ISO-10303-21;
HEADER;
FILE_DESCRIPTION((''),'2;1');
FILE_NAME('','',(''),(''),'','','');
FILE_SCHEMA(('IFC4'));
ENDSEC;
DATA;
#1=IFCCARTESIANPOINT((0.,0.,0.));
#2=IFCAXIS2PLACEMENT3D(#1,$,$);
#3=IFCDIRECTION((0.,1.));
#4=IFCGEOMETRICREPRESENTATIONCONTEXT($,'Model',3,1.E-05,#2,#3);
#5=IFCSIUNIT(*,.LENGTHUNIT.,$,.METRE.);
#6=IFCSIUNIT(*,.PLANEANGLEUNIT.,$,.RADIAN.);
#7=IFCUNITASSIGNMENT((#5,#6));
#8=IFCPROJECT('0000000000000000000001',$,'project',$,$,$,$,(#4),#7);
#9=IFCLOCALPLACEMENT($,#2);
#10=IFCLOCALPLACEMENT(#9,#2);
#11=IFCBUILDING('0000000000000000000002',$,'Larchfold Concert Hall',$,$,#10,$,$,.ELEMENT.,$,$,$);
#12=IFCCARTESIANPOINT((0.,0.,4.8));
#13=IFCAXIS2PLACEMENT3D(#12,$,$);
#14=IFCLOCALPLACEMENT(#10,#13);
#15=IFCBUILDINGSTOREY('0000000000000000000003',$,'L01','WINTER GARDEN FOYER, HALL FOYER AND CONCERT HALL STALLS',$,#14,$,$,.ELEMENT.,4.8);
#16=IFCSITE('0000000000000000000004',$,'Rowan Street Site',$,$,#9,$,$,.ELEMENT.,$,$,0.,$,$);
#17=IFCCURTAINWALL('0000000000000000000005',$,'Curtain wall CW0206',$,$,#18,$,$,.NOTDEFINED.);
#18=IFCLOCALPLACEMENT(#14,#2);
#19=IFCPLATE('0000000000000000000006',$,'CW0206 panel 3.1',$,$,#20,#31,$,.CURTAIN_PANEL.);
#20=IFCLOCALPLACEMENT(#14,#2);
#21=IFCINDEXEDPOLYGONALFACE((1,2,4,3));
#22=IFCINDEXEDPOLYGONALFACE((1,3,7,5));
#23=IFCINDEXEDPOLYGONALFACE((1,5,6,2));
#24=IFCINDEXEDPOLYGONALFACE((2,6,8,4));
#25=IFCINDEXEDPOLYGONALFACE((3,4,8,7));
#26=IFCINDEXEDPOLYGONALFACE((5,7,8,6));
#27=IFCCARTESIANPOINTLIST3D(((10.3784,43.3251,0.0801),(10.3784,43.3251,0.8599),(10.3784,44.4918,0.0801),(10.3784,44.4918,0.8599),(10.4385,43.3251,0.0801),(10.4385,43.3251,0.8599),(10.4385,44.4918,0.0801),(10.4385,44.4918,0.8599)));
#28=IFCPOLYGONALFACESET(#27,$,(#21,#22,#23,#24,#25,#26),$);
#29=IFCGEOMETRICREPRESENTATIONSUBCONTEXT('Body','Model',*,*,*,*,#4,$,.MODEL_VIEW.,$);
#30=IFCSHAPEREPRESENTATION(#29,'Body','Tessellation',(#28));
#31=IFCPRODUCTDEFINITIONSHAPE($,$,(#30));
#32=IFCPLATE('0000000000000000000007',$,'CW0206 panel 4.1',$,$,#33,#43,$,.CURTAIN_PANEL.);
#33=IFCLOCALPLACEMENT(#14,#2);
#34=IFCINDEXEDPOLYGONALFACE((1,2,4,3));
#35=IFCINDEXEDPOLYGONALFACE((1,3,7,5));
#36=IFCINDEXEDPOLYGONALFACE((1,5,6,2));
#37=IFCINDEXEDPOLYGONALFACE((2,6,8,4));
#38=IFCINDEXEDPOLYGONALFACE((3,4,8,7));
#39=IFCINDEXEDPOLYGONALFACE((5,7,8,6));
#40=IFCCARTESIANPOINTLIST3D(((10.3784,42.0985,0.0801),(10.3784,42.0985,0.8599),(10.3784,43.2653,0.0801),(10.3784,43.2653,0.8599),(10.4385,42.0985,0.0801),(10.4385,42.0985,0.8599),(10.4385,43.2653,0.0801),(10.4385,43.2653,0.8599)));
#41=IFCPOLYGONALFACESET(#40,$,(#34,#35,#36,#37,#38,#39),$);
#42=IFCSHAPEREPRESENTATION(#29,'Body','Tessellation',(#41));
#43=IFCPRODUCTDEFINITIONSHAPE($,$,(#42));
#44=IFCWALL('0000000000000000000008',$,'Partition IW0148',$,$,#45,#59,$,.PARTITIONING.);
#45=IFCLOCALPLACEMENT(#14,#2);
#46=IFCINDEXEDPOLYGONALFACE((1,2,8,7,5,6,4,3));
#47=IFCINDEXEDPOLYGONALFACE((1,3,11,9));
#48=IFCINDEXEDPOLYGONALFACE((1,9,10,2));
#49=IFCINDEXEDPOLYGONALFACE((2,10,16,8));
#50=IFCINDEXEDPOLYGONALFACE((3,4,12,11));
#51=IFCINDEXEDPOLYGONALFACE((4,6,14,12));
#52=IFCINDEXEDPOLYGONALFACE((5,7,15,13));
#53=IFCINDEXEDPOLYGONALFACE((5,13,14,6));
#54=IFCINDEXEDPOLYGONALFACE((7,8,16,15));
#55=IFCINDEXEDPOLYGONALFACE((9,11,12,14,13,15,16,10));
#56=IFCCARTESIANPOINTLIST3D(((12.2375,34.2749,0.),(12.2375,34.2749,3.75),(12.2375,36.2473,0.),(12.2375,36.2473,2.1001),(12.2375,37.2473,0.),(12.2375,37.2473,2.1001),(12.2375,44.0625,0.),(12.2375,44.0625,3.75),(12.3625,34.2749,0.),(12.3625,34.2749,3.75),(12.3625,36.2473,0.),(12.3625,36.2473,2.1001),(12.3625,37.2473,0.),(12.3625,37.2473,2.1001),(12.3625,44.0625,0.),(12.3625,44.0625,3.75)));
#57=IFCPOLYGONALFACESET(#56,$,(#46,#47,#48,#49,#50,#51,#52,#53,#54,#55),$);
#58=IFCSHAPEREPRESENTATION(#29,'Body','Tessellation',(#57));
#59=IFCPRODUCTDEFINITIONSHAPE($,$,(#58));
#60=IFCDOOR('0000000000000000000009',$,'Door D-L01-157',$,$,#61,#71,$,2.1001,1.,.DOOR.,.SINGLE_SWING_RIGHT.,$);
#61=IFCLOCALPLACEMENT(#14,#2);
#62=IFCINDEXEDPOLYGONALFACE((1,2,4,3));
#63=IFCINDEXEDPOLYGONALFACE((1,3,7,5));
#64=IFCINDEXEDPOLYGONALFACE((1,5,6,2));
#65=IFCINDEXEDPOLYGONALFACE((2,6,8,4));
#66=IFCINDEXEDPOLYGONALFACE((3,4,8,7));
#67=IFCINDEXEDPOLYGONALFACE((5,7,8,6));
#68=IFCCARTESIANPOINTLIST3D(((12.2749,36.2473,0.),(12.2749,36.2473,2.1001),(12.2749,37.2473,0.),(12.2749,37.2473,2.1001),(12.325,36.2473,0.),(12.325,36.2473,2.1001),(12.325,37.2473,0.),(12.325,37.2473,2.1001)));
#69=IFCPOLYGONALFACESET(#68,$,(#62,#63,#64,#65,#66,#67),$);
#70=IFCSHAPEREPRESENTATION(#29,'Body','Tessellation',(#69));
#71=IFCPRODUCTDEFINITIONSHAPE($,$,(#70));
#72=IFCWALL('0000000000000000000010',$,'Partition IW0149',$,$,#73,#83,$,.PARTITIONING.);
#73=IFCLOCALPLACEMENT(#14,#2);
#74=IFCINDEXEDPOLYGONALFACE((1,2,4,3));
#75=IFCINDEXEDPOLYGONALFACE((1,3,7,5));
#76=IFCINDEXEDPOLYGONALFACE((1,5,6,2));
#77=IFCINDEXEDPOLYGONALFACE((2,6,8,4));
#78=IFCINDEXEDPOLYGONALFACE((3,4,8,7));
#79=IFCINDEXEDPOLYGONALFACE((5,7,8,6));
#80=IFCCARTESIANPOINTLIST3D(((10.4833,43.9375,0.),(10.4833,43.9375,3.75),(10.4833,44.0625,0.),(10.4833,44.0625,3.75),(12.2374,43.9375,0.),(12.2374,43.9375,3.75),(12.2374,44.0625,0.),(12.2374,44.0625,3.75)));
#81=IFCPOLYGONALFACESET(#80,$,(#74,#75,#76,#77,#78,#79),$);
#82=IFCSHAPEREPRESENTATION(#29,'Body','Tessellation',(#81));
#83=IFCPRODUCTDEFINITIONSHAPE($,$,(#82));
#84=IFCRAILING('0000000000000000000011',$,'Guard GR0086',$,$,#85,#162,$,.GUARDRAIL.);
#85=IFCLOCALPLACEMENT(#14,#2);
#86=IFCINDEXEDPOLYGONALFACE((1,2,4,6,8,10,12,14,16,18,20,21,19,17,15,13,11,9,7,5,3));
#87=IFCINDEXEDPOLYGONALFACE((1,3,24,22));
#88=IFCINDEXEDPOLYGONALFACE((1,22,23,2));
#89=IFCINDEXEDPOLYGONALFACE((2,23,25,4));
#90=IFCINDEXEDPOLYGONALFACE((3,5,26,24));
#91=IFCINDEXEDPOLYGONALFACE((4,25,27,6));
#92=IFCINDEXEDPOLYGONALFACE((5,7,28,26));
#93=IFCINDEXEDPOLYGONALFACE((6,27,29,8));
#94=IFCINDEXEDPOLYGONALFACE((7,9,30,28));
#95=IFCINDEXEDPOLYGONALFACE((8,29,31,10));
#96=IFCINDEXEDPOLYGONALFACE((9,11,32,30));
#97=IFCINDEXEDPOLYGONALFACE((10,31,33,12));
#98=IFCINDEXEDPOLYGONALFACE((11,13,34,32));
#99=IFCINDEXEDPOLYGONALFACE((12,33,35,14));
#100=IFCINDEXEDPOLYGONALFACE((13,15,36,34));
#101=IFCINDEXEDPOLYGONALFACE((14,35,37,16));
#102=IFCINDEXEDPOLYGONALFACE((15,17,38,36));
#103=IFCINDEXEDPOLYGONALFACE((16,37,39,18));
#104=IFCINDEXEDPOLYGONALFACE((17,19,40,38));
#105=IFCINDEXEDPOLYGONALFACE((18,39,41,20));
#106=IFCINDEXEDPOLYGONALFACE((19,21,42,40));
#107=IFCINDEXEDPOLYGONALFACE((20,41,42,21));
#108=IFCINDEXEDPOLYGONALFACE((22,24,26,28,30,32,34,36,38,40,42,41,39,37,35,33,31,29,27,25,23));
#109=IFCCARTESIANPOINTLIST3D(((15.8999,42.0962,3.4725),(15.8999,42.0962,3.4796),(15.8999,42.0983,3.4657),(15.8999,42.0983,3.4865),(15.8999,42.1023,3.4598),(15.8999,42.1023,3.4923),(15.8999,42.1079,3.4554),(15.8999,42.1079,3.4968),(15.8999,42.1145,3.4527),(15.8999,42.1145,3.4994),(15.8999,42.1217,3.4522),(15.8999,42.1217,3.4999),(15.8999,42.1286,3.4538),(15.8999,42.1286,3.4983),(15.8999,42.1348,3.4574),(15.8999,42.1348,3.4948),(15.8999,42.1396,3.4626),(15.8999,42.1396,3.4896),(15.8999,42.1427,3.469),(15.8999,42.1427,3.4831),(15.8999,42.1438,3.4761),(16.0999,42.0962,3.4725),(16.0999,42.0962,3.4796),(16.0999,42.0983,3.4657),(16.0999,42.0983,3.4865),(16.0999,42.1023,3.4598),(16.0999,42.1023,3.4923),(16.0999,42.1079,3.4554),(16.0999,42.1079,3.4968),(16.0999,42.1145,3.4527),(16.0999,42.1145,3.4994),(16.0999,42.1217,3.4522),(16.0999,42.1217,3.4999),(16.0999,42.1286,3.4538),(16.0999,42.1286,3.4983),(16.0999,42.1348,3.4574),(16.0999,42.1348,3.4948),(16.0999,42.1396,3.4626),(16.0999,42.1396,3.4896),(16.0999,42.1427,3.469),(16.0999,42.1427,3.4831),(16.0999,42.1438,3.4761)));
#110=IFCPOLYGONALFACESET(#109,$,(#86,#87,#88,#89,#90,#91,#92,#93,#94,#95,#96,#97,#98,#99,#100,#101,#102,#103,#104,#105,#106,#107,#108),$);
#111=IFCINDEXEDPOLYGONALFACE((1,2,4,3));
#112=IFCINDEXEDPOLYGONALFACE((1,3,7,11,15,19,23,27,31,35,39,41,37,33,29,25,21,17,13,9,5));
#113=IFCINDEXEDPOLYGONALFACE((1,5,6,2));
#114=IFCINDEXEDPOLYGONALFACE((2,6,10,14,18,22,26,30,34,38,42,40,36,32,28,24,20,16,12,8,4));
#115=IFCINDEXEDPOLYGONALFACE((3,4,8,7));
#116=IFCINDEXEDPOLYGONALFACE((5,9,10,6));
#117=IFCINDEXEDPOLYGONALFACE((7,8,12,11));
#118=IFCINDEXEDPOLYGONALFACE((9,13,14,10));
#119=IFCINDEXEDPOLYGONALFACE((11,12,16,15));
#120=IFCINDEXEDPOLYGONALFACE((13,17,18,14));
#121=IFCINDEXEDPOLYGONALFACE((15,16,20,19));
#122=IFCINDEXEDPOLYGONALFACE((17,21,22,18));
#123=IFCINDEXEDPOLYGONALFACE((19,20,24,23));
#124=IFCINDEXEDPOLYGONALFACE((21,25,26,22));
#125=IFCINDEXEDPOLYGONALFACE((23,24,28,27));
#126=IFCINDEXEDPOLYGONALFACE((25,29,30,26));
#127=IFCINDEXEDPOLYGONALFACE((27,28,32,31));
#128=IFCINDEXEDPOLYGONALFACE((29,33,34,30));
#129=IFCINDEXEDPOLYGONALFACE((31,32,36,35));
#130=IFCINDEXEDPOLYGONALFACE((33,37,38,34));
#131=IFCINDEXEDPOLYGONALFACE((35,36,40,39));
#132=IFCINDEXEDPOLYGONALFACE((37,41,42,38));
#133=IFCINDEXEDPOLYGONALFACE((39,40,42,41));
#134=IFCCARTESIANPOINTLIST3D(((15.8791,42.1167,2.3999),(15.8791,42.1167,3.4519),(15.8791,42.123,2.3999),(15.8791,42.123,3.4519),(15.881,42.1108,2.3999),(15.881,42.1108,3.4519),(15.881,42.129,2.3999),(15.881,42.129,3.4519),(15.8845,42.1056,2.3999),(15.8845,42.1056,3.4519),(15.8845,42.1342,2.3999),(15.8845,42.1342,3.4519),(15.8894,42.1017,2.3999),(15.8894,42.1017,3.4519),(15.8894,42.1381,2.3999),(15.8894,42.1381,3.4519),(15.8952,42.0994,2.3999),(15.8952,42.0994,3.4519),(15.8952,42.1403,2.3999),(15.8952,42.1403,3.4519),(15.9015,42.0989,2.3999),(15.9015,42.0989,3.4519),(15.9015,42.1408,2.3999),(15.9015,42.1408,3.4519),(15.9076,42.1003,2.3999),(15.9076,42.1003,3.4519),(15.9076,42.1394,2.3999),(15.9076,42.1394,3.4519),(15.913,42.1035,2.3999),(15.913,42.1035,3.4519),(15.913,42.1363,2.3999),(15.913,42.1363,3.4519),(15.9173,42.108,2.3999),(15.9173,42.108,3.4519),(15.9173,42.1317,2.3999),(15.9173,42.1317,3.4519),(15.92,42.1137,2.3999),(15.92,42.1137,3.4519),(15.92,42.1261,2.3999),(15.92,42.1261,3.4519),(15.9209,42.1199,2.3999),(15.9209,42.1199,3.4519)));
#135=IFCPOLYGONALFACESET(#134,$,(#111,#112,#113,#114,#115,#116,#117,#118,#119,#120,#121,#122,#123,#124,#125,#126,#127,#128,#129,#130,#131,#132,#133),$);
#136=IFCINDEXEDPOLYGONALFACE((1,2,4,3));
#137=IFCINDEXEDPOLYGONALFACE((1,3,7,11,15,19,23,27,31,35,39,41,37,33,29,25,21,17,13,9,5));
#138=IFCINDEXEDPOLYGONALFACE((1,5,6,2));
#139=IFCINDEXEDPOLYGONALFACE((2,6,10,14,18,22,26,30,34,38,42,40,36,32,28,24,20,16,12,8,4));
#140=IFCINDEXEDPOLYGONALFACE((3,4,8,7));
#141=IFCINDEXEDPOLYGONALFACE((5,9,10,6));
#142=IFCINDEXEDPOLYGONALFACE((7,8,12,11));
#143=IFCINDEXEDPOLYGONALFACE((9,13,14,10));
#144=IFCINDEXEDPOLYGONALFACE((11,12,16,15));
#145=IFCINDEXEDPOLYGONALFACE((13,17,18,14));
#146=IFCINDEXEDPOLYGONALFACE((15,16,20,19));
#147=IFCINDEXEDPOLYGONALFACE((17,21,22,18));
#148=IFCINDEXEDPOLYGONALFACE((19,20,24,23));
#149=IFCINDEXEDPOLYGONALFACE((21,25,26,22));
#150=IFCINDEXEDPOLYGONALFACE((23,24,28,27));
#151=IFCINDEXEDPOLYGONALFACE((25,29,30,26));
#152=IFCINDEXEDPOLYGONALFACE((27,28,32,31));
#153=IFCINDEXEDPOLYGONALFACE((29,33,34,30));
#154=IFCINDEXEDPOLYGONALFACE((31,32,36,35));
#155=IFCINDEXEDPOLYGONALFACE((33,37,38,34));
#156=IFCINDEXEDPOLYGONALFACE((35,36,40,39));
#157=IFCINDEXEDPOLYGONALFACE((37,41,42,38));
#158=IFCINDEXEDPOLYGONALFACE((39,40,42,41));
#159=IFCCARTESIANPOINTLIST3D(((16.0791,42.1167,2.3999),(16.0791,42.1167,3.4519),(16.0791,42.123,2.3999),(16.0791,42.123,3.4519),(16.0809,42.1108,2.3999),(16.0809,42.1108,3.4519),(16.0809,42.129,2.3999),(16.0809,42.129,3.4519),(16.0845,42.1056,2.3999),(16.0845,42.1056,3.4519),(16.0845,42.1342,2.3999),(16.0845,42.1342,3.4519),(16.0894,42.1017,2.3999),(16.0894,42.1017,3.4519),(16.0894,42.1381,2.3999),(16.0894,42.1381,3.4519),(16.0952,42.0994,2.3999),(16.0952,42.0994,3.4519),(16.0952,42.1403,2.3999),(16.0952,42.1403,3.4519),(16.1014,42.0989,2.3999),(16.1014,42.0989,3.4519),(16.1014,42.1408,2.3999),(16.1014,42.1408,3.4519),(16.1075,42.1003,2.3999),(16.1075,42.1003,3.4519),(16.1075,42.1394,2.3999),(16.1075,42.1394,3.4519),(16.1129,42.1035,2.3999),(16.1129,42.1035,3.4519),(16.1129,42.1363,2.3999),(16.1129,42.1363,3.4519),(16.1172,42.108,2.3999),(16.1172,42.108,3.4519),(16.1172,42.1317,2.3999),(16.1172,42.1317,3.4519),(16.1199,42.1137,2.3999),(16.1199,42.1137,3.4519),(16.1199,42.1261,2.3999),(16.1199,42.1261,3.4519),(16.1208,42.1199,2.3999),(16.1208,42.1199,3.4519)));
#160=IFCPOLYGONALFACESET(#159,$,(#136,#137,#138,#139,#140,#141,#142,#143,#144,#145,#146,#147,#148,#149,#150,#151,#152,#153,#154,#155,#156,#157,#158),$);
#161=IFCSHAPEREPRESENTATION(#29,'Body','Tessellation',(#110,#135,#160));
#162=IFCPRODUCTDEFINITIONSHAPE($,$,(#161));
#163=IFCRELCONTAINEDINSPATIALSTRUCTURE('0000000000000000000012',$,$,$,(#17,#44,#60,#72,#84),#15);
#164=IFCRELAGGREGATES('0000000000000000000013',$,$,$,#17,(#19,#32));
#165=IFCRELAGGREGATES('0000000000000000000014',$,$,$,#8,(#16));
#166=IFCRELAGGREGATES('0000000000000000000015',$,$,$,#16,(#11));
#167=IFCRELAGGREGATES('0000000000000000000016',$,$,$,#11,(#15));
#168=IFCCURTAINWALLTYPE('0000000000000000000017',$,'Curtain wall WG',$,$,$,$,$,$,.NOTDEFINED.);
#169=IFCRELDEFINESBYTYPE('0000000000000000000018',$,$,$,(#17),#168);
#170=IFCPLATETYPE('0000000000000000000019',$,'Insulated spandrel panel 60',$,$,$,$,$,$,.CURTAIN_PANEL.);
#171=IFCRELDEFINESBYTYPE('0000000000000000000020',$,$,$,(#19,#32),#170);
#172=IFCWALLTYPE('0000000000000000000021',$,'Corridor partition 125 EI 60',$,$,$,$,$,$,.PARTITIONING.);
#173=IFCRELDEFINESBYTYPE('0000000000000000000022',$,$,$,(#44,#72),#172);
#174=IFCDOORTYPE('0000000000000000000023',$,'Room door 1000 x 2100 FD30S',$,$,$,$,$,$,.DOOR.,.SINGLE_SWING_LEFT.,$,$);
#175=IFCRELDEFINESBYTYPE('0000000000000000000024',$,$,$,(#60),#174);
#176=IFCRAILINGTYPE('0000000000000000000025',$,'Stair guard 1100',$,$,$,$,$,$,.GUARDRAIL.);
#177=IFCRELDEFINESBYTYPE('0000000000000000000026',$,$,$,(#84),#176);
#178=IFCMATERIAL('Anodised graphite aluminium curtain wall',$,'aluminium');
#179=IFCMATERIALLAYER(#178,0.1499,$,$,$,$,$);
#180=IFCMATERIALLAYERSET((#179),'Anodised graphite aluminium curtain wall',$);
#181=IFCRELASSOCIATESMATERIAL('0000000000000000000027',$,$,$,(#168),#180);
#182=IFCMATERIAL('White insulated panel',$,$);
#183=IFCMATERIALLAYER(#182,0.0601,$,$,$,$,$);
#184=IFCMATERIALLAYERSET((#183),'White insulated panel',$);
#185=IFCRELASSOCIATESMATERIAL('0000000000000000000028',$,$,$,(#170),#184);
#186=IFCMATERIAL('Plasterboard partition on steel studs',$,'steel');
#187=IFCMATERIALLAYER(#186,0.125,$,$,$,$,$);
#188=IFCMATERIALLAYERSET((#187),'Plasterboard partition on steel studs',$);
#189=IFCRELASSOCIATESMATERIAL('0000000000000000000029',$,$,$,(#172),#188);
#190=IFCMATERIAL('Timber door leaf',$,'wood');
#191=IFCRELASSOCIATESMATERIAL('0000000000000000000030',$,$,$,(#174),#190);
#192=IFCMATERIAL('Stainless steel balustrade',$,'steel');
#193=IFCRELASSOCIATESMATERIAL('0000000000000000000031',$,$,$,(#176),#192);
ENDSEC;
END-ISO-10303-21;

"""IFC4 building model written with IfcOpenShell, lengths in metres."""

from ifc_helpers import new_model, si_unit, direction, frame, frame_2d, origin, origin_2d, place, context, subcontext, project, spatial, rectangle, circle, extrude, material, layer, layer_set, type_object, element, fill, aggregate, save


model = new_model("IFC4")

# Units and contexts
model_context = context("Model", 3, precision=1e-05, world=origin(), true_north=direction((0.0, 1.0)))
body_context = subcontext(model_context, "Body", "Model", "MODEL_VIEW")
ifc_project = project(units=[si_unit("LENGTHUNIT", "METRE"), si_unit("PLANEANGLEUNIT", "RADIAN")], contexts=[model_context])

# Site, building, storey
site_placement = place(None, origin())
site = spatial("IfcSite", under=ifc_project, at=site_placement, Name="Rowan Street Site", CompositionType="ELEMENT", RefElevation=0.0)
building_placement = place(site_placement, origin())
building = spatial("IfcBuilding", under=site, at=building_placement, Name="Larchfold Concert Hall", CompositionType="ELEMENT")
storey_placement = place(building_placement, frame((0.0, 0.0, 4.8)))
storey = spatial("IfcBuildingStorey", under=building, at=storey_placement, Name="L01", Description="WINTER GARDEN FOYER, HALL FOYER AND CONCERT HALL STALLS", CompositionType="ELEMENT", Elevation=4.8)

# Curtain wall
ifc_material_1 = material(Name="Anodised graphite aluminium curtain wall", Category="aluminium")
ifc_layer_1 = layer(ifc_material_1, 0.1499)
ifc_layer_set_1 = layer_set([ifc_layer_1], Name="Anodised graphite aluminium curtain wall")
curtain_wall_type = type_object("IfcCurtainWallType", Name="Curtain wall WG", PredefinedType="NOTDEFINED", material=ifc_layer_set_1)
curtain_wall_placement = place(storey_placement, origin())
curtain_wall = element("IfcCurtainWall", 1, at=curtain_wall_placement, inside=storey, type_object=curtain_wall_type, Name="Curtain wall CW0206", PredefinedType="NOTDEFINED")

# Plates
ifc_material_2 = material(Name="White insulated panel")
ifc_layer_2 = layer(ifc_material_2, 0.0601)
ifc_layer_set_2 = layer_set([ifc_layer_2], Name="White insulated panel")
plate_type_1 = type_object("IfcPlateType", Name="Insulated spandrel panel 60", PredefinedType="CURTAIN_PANEL", material=ifc_layer_set_2)
plate_1_placement = place(storey_placement, frame((10.4084, 43.9084, 0.0801), z_axis=(0.0, 0.0, 1.0), x_axis=(0.0, -1.0, 0.0)))
plate_1 = element("IfcPlate", 2, at=plate_1_placement, type_object=plate_type_1, Name="CW0206 panel 3.1", PredefinedType="CURTAIN_PANEL", context=body_context, shape_type="SweptSolid", body=[
    extrude(rectangle(XDim=1.1667, YDim=0.0601, at=origin_2d()), origin(), (0.0, 0.0, 1.0), 0.7798),
])
plate_2_placement = place(storey_placement, frame((10.4084, 42.6819, 0.0801), z_axis=(0.0, 0.0, 1.0), x_axis=(0.0, -1.0, 0.0)))
plate_2 = element("IfcPlate", 3, at=plate_2_placement, type_object=plate_type_1, Name="CW0206 panel 4.1", PredefinedType="CURTAIN_PANEL", context=body_context, shape_type="SweptSolid", body=[
    extrude(rectangle(XDim=1.1667, YDim=0.0601, at=origin_2d()), origin(), (0.0, 0.0, 1.0), 0.7798),
])
aggregate(curtain_wall, [plate_1, plate_2])

# Wall, opening, door
ifc_material_3 = material(Name="Plasterboard partition on steel studs", Category="steel")
ifc_layer_3 = layer(ifc_material_3, 0.125)
ifc_layer_set_3 = layer_set([ifc_layer_3], Name="Plasterboard partition on steel studs")
wall_type = type_object("IfcWallType", Name="Corridor partition 125 EI 60", PredefinedType="PARTITIONING", material=ifc_layer_set_3)
wall_1_placement = place(storey_placement, frame((12.3, 44.0625, 0.0), z_axis=(0.0, 0.0, 1.0), x_axis=(0.0, -1.0, 0.0)))
wall_1 = element("IfcWall", 4, at=wall_1_placement, inside=storey, type_object=wall_type, Name="Partition IW0148", PredefinedType="PARTITIONING", context=body_context, shape_type="SweptSolid", body=[
    extrude(rectangle(XDim=9.7876, YDim=0.125, at=frame_2d((4.8938, 0.0))), origin(), (0.0, 0.0, 1.0), 3.75),
])
opening_placement = place(wall_1_placement, frame((6.8152, 0.0, 0.0)))
opening = element("IfcOpeningElement", 5, at=opening_placement, cuts=wall_1, PredefinedType="OPENING", context=body_context, shape_type="SweptSolid", body=[
    extrude(rectangle(XDim=1.0, YDim=2.1001, at=frame_2d((0.5, 1.05))), frame((0.0, 0.0725, 0.0), z_axis=(0.0, -1.0, 0.0), x_axis=(1.0, 0.0, 0.0)), (0.0, 0.0, 1.0), 0.145),
])
ifc_material_4 = material(Name="Timber door leaf", Category="wood")
door_type = type_object("IfcDoorType", Name="Room door 1000 x 2100 FD30S", OperationType="SINGLE_SWING_LEFT", PredefinedType="DOOR", material=ifc_material_4)
door_placement = place(opening_placement, origin())
door = element("IfcDoor", 6, at=door_placement, inside=storey, type_object=door_type, Name="Door D-L01-157", OperationType="SINGLE_SWING_RIGHT", OverallHeight=2.1001, OverallWidth=1.0, PredefinedType="DOOR", context=body_context, shape_type="SweptSolid", body=[
    extrude(rectangle(XDim=1.0, YDim=2.1001, at=frame_2d((0.5, 1.05))), frame((0.0, 0.0249, 0.0), z_axis=(0.0, -1.0, 0.0), x_axis=(1.0, 0.0, 0.0)), (0.0, 0.0, 1.0), 0.05),
])
fill(opening, door)

# Wall
wall_2_placement = place(storey_placement, frame((10.4834, 44.0, 0.0), z_axis=(0.0, 0.0, 1.0), x_axis=(1.0, 0.0, 0.0)))
element("IfcWall", 7, at=wall_2_placement, inside=storey, type_object=wall_type, Name="Partition IW0149", PredefinedType="PARTITIONING", context=body_context, shape_type="SweptSolid", body=[
    extrude(rectangle(XDim=1.7542, YDim=0.125, at=frame_2d((0.877, 0.0))), origin(), (0.0, 0.0, 1.0), 3.75),
])

# Railing
ifc_material_5 = material(Name="Stainless steel balustrade", Category="steel")
railing_type = type_object("IfcRailingType", Name="Stair guard 1100", PredefinedType="GUARDRAIL", material=ifc_material_5)
railing_placement = place(storey_placement, frame((15.8999, 42.1199, 2.3999)))
element("IfcRailing", 8, at=railing_placement, inside=storey, type_object=railing_type, Name="Guard GR0086", PredefinedType="GUARDRAIL", context=body_context, shape_type="SweptSolid", body=[
    extrude(circle(Radius=0.0239, at=origin_2d()), frame((0.0, 0.0, 1.0762), z_axis=(1.0, 0.0, 0.0), x_axis=(0.0, 1.0, 0.0)), (0.0, 0.0, 1.0), 0.2),
    extrude(circle(Radius=0.021, at=origin_2d()), origin(), (0.0, 0.0, 1.0), 1.052),
    extrude(circle(Radius=0.021, at=origin_2d()), frame((0.2, 0.0, 0.0)), (0.0, 0.0, 1.0), 1.052),
])

save(model, "model.ifc")
